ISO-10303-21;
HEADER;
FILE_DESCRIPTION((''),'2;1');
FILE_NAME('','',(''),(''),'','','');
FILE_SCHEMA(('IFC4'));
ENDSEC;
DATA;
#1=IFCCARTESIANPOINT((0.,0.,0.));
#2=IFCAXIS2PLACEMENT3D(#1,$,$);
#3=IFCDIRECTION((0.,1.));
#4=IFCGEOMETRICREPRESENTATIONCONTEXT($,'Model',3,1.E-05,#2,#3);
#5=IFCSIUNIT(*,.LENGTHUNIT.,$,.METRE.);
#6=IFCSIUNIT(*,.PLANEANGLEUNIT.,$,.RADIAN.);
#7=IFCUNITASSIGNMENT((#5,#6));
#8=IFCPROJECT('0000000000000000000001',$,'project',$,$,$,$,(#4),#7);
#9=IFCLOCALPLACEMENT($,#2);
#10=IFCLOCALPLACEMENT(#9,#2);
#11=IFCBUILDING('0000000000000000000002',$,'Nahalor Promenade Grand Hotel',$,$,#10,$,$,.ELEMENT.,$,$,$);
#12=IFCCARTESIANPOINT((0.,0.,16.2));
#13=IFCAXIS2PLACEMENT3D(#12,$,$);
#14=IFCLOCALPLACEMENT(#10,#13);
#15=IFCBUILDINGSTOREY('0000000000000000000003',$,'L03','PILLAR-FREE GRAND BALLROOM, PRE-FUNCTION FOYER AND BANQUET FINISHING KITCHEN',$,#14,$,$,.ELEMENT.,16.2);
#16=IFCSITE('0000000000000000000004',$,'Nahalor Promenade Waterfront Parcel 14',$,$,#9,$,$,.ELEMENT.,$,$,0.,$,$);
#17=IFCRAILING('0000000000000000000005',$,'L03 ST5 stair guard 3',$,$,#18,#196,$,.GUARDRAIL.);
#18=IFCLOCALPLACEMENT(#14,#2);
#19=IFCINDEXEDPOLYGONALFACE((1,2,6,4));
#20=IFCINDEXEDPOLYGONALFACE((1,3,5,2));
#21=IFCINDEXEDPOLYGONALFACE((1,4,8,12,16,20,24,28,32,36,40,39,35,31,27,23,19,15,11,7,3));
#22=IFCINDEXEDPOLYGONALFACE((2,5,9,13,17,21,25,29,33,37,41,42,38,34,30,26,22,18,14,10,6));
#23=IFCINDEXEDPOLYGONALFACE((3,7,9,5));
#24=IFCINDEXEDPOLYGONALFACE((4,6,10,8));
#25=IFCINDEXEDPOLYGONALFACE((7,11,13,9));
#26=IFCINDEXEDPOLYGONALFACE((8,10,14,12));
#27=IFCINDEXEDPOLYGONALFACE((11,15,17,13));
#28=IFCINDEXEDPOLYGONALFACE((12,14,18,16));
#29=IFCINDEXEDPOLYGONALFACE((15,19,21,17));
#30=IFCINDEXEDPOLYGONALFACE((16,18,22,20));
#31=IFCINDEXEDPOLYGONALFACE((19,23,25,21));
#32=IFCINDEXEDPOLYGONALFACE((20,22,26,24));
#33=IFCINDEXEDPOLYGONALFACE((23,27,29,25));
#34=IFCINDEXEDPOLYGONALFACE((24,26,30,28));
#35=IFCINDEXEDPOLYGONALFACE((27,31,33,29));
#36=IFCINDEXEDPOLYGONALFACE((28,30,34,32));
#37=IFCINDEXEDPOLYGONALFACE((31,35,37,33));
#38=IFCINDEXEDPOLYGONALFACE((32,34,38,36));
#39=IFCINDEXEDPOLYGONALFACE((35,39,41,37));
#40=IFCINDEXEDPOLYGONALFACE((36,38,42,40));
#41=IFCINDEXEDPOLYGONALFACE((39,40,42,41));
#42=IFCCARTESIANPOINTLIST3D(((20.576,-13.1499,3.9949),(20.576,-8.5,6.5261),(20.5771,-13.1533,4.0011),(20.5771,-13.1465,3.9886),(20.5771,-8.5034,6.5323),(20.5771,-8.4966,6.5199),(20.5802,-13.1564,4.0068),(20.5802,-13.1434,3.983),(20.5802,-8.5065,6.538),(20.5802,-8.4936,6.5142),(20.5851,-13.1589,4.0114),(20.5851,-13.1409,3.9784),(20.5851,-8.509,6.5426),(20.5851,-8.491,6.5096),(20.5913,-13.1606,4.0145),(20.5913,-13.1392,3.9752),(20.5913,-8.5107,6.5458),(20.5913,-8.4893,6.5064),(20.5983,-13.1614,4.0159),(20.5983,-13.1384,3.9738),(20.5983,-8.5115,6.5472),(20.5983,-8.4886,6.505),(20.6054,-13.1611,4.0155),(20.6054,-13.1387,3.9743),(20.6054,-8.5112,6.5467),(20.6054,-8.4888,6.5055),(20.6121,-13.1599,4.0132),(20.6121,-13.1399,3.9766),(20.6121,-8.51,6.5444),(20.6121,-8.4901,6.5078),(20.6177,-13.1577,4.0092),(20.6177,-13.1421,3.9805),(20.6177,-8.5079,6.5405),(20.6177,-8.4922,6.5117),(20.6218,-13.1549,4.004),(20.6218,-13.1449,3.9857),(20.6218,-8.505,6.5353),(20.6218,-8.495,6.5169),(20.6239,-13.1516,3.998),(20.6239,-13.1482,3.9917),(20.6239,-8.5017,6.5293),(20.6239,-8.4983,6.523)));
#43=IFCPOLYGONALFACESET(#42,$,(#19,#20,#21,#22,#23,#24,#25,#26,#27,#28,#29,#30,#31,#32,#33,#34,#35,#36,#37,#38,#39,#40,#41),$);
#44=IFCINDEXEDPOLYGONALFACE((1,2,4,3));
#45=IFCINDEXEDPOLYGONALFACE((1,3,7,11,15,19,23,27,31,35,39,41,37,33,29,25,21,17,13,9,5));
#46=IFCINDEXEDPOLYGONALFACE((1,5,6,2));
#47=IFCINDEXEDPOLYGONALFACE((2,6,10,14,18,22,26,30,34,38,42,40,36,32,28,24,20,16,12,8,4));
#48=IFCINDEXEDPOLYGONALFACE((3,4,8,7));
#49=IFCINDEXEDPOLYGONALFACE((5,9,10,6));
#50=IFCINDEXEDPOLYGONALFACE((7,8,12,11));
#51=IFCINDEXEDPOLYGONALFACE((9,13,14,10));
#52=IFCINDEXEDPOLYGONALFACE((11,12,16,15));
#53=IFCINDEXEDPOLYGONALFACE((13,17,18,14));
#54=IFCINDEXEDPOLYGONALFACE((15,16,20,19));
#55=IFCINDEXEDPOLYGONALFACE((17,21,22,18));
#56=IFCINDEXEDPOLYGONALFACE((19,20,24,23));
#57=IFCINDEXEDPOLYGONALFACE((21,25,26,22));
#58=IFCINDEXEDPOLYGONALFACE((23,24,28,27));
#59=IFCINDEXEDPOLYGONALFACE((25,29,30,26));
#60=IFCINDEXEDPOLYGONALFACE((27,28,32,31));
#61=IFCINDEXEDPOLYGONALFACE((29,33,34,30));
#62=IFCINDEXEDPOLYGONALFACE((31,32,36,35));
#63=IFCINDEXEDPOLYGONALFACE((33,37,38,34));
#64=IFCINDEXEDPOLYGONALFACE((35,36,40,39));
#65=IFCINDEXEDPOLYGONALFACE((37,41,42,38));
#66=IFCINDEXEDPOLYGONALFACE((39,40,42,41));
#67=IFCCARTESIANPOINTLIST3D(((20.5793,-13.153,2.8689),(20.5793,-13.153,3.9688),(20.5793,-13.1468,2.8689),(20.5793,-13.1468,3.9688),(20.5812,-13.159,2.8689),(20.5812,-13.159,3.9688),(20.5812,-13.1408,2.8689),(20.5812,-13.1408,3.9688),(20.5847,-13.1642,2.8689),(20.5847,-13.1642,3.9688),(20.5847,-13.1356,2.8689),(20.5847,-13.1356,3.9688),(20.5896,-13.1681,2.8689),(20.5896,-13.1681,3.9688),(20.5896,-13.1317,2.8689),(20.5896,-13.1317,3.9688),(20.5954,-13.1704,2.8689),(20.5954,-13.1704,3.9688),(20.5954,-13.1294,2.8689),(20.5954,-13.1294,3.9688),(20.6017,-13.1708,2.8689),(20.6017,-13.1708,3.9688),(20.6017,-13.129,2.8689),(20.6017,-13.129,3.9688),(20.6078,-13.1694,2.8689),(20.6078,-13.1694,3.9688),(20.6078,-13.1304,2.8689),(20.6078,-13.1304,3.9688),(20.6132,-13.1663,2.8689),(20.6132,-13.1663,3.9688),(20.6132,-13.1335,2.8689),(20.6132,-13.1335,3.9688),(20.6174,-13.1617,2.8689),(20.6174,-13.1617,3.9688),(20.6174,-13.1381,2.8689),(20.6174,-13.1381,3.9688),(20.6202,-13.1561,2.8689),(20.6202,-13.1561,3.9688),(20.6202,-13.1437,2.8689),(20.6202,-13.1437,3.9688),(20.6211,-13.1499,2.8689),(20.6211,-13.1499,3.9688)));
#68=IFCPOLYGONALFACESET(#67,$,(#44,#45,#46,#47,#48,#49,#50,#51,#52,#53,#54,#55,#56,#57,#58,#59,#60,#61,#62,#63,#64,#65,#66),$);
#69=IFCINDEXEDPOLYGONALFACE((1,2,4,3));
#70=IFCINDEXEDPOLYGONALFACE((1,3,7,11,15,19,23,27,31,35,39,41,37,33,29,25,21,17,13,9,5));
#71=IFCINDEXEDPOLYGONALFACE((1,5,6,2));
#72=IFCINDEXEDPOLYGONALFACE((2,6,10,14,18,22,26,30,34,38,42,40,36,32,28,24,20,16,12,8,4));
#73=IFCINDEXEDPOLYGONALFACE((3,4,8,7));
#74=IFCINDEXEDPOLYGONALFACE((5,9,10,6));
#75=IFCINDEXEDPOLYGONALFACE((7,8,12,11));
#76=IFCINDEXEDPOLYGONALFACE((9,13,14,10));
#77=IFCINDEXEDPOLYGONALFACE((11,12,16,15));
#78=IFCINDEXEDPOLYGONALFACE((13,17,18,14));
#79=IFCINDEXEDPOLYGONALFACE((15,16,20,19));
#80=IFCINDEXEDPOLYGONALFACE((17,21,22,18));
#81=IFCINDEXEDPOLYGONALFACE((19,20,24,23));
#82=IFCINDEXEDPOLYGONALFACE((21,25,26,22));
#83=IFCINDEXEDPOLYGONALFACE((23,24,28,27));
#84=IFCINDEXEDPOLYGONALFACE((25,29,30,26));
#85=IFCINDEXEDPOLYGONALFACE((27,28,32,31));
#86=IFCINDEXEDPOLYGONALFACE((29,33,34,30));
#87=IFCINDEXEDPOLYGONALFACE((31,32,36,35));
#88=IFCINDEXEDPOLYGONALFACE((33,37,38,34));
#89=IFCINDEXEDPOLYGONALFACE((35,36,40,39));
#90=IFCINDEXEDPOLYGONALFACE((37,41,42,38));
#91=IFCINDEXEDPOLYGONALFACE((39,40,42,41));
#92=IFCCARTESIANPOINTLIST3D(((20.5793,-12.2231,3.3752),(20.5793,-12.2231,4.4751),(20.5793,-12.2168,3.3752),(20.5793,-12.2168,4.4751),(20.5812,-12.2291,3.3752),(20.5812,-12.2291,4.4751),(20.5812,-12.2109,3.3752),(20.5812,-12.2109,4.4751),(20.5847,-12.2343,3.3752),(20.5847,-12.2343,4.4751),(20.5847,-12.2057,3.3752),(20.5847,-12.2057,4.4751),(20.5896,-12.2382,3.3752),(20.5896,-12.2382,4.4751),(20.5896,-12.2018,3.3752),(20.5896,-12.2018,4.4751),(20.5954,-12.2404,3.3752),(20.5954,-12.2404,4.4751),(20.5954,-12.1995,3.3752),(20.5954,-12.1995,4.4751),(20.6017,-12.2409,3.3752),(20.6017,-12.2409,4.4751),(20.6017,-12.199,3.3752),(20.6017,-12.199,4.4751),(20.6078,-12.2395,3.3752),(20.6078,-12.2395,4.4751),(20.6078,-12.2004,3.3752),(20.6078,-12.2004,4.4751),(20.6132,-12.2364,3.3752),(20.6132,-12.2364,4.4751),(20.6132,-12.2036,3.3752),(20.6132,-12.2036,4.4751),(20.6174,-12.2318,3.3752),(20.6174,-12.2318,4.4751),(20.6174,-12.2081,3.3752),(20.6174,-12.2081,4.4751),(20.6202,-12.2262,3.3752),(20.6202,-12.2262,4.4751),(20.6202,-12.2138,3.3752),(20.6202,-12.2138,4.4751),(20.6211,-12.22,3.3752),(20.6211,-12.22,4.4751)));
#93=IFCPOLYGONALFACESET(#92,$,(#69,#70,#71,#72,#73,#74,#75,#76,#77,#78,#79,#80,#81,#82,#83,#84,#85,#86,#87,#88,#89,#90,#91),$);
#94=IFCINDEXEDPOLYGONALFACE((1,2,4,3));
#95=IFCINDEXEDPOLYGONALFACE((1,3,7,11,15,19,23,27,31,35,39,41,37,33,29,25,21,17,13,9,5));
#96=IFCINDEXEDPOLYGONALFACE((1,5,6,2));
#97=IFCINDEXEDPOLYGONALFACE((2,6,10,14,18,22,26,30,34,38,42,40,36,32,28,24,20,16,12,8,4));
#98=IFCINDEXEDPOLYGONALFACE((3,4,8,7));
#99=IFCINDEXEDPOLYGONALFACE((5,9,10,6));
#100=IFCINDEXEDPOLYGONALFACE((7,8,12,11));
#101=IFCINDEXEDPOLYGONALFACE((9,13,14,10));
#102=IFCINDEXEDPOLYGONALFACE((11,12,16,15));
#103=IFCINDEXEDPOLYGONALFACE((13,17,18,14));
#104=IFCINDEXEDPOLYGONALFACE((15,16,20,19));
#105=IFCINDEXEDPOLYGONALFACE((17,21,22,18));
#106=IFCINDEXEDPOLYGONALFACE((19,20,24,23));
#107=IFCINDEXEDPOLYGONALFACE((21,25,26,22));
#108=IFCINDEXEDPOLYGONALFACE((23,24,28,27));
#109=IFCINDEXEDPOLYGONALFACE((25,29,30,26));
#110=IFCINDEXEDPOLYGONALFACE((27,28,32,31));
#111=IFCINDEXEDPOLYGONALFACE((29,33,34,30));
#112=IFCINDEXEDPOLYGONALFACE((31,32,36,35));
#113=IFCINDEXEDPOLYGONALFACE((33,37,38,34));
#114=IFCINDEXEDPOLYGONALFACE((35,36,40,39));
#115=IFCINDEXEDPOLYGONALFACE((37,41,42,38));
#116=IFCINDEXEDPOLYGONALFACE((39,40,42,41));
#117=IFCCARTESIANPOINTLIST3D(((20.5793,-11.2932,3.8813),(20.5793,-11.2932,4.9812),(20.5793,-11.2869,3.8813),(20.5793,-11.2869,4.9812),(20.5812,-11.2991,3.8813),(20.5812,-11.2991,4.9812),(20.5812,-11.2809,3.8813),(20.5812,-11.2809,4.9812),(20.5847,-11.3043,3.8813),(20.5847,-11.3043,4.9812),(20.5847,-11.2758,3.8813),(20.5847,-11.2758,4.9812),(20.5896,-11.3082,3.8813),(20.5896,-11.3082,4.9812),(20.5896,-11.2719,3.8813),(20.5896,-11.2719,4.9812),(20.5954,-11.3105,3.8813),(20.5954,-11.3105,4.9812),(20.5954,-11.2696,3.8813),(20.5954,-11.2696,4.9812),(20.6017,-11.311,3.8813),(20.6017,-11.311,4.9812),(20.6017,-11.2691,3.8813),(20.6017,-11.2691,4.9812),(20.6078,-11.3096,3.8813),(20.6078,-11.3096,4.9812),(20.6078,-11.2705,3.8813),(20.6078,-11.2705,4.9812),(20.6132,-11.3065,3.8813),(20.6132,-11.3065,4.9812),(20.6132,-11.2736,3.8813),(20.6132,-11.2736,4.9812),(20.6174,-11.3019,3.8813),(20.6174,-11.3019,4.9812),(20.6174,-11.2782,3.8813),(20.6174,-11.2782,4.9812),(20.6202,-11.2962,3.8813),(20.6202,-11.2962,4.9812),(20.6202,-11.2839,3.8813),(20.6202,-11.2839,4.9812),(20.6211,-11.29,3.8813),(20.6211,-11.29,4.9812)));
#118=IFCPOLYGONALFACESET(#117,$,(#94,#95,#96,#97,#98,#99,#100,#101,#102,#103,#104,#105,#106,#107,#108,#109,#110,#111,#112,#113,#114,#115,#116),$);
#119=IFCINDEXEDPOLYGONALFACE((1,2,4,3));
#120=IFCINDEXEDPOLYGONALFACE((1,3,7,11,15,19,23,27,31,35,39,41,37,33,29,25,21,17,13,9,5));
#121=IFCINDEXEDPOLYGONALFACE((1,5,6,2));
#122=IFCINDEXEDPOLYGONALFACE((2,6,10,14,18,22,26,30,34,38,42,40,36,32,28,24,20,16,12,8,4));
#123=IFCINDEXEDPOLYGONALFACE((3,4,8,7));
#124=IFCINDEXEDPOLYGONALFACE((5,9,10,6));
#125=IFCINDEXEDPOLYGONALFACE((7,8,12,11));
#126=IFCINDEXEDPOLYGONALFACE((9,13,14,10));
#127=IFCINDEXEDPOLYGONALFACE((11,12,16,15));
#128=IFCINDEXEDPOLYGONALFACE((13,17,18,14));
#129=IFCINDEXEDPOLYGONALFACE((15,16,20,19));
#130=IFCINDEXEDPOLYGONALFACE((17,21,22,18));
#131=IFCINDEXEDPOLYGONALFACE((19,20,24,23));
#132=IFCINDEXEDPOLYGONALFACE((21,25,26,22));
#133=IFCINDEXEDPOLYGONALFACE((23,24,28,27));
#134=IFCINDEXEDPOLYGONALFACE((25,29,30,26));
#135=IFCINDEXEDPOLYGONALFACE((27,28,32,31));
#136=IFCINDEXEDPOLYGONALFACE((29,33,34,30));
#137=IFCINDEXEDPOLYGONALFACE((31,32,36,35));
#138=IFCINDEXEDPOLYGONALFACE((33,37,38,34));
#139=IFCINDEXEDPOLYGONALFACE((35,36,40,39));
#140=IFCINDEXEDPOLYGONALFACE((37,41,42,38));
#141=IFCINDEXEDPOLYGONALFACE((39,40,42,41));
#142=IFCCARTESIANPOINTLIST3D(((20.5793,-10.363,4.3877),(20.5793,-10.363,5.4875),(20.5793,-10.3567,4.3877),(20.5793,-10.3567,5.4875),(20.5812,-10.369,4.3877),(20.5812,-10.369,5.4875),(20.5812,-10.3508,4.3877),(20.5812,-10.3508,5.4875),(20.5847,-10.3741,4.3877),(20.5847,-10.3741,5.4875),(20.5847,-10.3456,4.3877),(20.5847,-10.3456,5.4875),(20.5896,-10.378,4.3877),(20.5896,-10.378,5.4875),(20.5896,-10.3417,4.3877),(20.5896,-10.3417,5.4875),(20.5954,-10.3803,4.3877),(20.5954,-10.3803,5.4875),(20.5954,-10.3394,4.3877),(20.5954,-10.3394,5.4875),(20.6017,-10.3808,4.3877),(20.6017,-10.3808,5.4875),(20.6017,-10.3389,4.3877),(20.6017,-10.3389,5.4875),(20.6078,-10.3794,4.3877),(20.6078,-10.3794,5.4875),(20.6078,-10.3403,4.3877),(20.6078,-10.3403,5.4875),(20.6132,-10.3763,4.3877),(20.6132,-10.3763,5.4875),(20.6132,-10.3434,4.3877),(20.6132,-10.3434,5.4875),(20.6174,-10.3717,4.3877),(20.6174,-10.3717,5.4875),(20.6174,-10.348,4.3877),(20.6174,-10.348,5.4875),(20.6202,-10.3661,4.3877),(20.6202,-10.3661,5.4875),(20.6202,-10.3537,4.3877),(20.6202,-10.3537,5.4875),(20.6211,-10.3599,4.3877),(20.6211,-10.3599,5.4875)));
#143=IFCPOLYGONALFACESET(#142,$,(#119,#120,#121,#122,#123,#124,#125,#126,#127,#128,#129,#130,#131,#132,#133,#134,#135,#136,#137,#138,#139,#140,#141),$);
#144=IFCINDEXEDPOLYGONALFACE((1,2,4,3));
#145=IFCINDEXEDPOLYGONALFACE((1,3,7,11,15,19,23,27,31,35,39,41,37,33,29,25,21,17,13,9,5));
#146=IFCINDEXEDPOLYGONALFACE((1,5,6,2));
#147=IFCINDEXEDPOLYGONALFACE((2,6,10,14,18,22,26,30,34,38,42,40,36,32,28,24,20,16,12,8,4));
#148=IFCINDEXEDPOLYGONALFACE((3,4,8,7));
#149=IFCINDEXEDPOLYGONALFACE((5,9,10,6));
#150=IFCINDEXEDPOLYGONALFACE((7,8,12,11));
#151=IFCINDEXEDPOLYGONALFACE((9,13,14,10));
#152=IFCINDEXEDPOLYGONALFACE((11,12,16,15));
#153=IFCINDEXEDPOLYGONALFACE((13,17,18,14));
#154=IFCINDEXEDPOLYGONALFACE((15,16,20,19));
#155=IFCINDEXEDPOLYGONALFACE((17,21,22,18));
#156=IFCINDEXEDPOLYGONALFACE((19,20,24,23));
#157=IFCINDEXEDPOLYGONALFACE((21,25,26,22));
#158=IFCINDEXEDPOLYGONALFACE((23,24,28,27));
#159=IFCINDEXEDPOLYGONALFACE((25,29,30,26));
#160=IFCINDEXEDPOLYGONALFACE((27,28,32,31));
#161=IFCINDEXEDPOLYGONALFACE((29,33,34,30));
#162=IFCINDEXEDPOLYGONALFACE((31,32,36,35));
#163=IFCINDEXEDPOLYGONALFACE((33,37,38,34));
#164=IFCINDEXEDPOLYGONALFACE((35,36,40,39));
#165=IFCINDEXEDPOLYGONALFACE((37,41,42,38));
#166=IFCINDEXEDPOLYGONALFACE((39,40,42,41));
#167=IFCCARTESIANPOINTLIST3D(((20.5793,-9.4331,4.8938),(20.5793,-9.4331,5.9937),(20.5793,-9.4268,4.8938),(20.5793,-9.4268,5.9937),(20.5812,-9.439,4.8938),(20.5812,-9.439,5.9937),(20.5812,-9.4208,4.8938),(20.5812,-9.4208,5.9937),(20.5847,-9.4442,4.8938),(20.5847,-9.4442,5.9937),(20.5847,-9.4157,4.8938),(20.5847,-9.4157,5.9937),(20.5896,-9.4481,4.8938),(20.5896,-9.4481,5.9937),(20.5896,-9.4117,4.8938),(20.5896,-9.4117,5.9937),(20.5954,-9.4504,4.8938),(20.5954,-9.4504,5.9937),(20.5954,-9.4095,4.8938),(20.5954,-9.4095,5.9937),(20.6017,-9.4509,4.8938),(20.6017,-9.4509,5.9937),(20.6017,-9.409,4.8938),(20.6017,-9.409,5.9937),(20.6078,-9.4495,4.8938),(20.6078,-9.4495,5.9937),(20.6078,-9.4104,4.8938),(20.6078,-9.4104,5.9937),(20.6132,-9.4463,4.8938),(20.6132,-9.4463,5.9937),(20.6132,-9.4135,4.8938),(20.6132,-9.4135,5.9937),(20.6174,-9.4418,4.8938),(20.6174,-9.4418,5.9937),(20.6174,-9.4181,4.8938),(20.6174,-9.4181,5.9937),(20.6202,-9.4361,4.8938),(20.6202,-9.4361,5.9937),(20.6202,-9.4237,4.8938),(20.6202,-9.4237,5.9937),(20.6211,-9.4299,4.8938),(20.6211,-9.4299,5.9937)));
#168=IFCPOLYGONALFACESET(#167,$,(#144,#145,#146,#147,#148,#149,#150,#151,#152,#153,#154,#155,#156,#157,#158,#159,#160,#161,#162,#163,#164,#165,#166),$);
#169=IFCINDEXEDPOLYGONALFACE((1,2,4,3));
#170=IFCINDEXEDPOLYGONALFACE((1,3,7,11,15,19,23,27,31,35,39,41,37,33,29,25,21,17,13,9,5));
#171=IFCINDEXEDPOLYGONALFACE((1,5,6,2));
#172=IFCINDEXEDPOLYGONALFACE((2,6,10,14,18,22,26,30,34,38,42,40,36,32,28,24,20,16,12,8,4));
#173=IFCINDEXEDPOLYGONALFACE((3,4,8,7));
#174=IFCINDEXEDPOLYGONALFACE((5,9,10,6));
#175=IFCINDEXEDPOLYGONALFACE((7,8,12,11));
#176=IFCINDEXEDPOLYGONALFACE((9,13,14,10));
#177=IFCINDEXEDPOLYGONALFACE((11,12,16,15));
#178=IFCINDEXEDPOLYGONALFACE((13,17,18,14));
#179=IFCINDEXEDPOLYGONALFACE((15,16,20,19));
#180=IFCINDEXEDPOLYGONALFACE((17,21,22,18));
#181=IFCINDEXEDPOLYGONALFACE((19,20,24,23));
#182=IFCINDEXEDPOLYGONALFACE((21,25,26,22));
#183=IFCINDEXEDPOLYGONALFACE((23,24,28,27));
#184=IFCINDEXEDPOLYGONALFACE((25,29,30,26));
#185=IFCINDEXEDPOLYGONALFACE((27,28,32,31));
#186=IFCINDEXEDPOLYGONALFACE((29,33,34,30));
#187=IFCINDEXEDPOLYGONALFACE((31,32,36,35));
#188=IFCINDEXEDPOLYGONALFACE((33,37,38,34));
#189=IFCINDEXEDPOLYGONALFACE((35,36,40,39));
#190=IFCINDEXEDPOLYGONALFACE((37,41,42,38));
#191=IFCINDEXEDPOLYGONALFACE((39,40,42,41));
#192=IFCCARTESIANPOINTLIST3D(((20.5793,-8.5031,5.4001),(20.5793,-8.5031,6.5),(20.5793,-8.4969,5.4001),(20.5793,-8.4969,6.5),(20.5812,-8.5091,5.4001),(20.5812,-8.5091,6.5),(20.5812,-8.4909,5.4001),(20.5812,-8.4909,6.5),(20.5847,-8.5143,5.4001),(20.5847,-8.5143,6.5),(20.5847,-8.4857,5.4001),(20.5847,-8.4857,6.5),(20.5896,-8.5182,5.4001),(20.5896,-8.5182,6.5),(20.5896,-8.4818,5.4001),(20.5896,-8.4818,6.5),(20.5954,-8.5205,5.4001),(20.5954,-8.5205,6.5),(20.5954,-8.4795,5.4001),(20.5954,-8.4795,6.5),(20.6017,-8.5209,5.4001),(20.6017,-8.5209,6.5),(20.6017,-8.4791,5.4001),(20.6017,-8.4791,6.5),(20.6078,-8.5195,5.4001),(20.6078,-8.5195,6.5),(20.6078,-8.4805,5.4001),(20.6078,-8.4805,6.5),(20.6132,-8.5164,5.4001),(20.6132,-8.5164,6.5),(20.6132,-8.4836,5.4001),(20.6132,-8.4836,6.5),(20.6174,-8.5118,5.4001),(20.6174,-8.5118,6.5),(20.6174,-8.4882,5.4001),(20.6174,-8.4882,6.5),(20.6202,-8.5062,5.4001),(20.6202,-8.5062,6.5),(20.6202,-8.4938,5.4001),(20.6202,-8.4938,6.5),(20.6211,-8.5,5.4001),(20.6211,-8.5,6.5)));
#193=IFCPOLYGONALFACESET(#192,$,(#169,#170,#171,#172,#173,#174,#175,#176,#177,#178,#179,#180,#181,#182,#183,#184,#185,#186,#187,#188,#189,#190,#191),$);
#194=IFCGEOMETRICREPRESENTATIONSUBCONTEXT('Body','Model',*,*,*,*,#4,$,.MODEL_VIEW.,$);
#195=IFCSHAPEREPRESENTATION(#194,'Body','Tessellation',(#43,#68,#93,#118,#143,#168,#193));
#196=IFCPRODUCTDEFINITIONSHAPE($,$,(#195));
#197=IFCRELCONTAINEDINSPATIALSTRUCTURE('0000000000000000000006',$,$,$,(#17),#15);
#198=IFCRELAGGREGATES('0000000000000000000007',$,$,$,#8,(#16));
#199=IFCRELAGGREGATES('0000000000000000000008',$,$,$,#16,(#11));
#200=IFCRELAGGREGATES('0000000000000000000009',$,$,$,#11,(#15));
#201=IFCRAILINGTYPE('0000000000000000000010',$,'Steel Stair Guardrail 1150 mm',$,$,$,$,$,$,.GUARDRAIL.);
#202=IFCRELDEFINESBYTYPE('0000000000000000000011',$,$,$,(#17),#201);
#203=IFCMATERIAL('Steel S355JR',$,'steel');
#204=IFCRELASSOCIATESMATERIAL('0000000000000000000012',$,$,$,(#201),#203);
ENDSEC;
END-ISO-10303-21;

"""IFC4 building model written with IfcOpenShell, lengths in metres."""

from ifc_helpers import new_model, si_unit, direction, frame, origin, origin_2d, place, context, subcontext, project, spatial, circle, extrude, material, type_object, element, save


model = new_model("IFC4")

# Units and contexts
model_context = context("Model", 3, precision=1e-05, world=origin(), true_north=direction((0.0, 1.0)))
body_context = subcontext(model_context, "Body", "Model", "MODEL_VIEW")
ifc_project = project(units=[si_unit("LENGTHUNIT", "METRE"), si_unit("PLANEANGLEUNIT", "RADIAN")], contexts=[model_context])

# Site, building, storey
site_placement = place(None, origin())
site = spatial("IfcSite", under=ifc_project, at=site_placement, Name="Nahalor Promenade Waterfront Parcel 14", CompositionType="ELEMENT", RefElevation=0.0)
building_placement = place(site_placement, origin())
building = spatial("IfcBuilding", under=site, at=building_placement, Name="Nahalor Promenade Grand Hotel", CompositionType="ELEMENT")
storey_placement = place(building_placement, frame((0.0, 0.0, 16.2)))
storey = spatial("IfcBuildingStorey", under=building, at=storey_placement, Name="L03", Description="PILLAR-FREE GRAND BALLROOM, PRE-FUNCTION FOYER AND BANQUET FINISHING KITCHEN", CompositionType="ELEMENT", Elevation=16.2)

# Shared definitions
ifc_material_1 = material(Name="Steel S355JR", Category="steel")

# Railing
railing_type_1 = type_object("IfcRailingType", Name="Steel Stair Guardrail 1150 mm", PredefinedType="GUARDRAIL", material=ifc_material_1)
railing_1_placement = place(storey_placement, frame((20.6001, -13.1499, 2.8689)))
element("IfcRailing", 1, at=railing_1_placement, inside=storey, type_object=railing_type_1, Name="L03 ST5 stair guard 3", PredefinedType="GUARDRAIL", context=body_context, shape_type="SweptSolid", body=[
    extrude(circle(Radius=0.024, at=origin_2d()), frame((0.0, 0.0, 1.126), z_axis=(0.0, 0.878297, 0.478115), x_axis=(-1.0, 0.0, 0.0)), (0.0, 0.0, 1.0), 5.2942),
    extrude(circle(Radius=0.021, at=origin_2d()), origin(), (0.0, 0.0, 1.0), 1.0999),
    extrude(circle(Radius=0.021, at=origin_2d()), frame((0.0, 0.9299, 0.5063)), (0.0, 0.0, 1.0), 1.0999),
    extrude(circle(Radius=0.021, at=origin_2d()), frame((0.0, 1.8599, 1.0125)), (0.0, 0.0, 1.0), 1.0999),
    extrude(circle(Radius=0.021, at=origin_2d()), frame((0.0, 2.79, 1.5188)), (0.0, 0.0, 1.0), 1.0999),
    extrude(circle(Radius=0.021, at=origin_2d()), frame((0.0, 3.72, 2.0249)), (0.0, 0.0, 1.0), 1.0999),
    extrude(circle(Radius=0.021, at=origin_2d()), frame((0.0, 4.6499, 2.5312)), (0.0, 0.0, 1.0), 1.0999),
])

save(model, "model.ifc")
